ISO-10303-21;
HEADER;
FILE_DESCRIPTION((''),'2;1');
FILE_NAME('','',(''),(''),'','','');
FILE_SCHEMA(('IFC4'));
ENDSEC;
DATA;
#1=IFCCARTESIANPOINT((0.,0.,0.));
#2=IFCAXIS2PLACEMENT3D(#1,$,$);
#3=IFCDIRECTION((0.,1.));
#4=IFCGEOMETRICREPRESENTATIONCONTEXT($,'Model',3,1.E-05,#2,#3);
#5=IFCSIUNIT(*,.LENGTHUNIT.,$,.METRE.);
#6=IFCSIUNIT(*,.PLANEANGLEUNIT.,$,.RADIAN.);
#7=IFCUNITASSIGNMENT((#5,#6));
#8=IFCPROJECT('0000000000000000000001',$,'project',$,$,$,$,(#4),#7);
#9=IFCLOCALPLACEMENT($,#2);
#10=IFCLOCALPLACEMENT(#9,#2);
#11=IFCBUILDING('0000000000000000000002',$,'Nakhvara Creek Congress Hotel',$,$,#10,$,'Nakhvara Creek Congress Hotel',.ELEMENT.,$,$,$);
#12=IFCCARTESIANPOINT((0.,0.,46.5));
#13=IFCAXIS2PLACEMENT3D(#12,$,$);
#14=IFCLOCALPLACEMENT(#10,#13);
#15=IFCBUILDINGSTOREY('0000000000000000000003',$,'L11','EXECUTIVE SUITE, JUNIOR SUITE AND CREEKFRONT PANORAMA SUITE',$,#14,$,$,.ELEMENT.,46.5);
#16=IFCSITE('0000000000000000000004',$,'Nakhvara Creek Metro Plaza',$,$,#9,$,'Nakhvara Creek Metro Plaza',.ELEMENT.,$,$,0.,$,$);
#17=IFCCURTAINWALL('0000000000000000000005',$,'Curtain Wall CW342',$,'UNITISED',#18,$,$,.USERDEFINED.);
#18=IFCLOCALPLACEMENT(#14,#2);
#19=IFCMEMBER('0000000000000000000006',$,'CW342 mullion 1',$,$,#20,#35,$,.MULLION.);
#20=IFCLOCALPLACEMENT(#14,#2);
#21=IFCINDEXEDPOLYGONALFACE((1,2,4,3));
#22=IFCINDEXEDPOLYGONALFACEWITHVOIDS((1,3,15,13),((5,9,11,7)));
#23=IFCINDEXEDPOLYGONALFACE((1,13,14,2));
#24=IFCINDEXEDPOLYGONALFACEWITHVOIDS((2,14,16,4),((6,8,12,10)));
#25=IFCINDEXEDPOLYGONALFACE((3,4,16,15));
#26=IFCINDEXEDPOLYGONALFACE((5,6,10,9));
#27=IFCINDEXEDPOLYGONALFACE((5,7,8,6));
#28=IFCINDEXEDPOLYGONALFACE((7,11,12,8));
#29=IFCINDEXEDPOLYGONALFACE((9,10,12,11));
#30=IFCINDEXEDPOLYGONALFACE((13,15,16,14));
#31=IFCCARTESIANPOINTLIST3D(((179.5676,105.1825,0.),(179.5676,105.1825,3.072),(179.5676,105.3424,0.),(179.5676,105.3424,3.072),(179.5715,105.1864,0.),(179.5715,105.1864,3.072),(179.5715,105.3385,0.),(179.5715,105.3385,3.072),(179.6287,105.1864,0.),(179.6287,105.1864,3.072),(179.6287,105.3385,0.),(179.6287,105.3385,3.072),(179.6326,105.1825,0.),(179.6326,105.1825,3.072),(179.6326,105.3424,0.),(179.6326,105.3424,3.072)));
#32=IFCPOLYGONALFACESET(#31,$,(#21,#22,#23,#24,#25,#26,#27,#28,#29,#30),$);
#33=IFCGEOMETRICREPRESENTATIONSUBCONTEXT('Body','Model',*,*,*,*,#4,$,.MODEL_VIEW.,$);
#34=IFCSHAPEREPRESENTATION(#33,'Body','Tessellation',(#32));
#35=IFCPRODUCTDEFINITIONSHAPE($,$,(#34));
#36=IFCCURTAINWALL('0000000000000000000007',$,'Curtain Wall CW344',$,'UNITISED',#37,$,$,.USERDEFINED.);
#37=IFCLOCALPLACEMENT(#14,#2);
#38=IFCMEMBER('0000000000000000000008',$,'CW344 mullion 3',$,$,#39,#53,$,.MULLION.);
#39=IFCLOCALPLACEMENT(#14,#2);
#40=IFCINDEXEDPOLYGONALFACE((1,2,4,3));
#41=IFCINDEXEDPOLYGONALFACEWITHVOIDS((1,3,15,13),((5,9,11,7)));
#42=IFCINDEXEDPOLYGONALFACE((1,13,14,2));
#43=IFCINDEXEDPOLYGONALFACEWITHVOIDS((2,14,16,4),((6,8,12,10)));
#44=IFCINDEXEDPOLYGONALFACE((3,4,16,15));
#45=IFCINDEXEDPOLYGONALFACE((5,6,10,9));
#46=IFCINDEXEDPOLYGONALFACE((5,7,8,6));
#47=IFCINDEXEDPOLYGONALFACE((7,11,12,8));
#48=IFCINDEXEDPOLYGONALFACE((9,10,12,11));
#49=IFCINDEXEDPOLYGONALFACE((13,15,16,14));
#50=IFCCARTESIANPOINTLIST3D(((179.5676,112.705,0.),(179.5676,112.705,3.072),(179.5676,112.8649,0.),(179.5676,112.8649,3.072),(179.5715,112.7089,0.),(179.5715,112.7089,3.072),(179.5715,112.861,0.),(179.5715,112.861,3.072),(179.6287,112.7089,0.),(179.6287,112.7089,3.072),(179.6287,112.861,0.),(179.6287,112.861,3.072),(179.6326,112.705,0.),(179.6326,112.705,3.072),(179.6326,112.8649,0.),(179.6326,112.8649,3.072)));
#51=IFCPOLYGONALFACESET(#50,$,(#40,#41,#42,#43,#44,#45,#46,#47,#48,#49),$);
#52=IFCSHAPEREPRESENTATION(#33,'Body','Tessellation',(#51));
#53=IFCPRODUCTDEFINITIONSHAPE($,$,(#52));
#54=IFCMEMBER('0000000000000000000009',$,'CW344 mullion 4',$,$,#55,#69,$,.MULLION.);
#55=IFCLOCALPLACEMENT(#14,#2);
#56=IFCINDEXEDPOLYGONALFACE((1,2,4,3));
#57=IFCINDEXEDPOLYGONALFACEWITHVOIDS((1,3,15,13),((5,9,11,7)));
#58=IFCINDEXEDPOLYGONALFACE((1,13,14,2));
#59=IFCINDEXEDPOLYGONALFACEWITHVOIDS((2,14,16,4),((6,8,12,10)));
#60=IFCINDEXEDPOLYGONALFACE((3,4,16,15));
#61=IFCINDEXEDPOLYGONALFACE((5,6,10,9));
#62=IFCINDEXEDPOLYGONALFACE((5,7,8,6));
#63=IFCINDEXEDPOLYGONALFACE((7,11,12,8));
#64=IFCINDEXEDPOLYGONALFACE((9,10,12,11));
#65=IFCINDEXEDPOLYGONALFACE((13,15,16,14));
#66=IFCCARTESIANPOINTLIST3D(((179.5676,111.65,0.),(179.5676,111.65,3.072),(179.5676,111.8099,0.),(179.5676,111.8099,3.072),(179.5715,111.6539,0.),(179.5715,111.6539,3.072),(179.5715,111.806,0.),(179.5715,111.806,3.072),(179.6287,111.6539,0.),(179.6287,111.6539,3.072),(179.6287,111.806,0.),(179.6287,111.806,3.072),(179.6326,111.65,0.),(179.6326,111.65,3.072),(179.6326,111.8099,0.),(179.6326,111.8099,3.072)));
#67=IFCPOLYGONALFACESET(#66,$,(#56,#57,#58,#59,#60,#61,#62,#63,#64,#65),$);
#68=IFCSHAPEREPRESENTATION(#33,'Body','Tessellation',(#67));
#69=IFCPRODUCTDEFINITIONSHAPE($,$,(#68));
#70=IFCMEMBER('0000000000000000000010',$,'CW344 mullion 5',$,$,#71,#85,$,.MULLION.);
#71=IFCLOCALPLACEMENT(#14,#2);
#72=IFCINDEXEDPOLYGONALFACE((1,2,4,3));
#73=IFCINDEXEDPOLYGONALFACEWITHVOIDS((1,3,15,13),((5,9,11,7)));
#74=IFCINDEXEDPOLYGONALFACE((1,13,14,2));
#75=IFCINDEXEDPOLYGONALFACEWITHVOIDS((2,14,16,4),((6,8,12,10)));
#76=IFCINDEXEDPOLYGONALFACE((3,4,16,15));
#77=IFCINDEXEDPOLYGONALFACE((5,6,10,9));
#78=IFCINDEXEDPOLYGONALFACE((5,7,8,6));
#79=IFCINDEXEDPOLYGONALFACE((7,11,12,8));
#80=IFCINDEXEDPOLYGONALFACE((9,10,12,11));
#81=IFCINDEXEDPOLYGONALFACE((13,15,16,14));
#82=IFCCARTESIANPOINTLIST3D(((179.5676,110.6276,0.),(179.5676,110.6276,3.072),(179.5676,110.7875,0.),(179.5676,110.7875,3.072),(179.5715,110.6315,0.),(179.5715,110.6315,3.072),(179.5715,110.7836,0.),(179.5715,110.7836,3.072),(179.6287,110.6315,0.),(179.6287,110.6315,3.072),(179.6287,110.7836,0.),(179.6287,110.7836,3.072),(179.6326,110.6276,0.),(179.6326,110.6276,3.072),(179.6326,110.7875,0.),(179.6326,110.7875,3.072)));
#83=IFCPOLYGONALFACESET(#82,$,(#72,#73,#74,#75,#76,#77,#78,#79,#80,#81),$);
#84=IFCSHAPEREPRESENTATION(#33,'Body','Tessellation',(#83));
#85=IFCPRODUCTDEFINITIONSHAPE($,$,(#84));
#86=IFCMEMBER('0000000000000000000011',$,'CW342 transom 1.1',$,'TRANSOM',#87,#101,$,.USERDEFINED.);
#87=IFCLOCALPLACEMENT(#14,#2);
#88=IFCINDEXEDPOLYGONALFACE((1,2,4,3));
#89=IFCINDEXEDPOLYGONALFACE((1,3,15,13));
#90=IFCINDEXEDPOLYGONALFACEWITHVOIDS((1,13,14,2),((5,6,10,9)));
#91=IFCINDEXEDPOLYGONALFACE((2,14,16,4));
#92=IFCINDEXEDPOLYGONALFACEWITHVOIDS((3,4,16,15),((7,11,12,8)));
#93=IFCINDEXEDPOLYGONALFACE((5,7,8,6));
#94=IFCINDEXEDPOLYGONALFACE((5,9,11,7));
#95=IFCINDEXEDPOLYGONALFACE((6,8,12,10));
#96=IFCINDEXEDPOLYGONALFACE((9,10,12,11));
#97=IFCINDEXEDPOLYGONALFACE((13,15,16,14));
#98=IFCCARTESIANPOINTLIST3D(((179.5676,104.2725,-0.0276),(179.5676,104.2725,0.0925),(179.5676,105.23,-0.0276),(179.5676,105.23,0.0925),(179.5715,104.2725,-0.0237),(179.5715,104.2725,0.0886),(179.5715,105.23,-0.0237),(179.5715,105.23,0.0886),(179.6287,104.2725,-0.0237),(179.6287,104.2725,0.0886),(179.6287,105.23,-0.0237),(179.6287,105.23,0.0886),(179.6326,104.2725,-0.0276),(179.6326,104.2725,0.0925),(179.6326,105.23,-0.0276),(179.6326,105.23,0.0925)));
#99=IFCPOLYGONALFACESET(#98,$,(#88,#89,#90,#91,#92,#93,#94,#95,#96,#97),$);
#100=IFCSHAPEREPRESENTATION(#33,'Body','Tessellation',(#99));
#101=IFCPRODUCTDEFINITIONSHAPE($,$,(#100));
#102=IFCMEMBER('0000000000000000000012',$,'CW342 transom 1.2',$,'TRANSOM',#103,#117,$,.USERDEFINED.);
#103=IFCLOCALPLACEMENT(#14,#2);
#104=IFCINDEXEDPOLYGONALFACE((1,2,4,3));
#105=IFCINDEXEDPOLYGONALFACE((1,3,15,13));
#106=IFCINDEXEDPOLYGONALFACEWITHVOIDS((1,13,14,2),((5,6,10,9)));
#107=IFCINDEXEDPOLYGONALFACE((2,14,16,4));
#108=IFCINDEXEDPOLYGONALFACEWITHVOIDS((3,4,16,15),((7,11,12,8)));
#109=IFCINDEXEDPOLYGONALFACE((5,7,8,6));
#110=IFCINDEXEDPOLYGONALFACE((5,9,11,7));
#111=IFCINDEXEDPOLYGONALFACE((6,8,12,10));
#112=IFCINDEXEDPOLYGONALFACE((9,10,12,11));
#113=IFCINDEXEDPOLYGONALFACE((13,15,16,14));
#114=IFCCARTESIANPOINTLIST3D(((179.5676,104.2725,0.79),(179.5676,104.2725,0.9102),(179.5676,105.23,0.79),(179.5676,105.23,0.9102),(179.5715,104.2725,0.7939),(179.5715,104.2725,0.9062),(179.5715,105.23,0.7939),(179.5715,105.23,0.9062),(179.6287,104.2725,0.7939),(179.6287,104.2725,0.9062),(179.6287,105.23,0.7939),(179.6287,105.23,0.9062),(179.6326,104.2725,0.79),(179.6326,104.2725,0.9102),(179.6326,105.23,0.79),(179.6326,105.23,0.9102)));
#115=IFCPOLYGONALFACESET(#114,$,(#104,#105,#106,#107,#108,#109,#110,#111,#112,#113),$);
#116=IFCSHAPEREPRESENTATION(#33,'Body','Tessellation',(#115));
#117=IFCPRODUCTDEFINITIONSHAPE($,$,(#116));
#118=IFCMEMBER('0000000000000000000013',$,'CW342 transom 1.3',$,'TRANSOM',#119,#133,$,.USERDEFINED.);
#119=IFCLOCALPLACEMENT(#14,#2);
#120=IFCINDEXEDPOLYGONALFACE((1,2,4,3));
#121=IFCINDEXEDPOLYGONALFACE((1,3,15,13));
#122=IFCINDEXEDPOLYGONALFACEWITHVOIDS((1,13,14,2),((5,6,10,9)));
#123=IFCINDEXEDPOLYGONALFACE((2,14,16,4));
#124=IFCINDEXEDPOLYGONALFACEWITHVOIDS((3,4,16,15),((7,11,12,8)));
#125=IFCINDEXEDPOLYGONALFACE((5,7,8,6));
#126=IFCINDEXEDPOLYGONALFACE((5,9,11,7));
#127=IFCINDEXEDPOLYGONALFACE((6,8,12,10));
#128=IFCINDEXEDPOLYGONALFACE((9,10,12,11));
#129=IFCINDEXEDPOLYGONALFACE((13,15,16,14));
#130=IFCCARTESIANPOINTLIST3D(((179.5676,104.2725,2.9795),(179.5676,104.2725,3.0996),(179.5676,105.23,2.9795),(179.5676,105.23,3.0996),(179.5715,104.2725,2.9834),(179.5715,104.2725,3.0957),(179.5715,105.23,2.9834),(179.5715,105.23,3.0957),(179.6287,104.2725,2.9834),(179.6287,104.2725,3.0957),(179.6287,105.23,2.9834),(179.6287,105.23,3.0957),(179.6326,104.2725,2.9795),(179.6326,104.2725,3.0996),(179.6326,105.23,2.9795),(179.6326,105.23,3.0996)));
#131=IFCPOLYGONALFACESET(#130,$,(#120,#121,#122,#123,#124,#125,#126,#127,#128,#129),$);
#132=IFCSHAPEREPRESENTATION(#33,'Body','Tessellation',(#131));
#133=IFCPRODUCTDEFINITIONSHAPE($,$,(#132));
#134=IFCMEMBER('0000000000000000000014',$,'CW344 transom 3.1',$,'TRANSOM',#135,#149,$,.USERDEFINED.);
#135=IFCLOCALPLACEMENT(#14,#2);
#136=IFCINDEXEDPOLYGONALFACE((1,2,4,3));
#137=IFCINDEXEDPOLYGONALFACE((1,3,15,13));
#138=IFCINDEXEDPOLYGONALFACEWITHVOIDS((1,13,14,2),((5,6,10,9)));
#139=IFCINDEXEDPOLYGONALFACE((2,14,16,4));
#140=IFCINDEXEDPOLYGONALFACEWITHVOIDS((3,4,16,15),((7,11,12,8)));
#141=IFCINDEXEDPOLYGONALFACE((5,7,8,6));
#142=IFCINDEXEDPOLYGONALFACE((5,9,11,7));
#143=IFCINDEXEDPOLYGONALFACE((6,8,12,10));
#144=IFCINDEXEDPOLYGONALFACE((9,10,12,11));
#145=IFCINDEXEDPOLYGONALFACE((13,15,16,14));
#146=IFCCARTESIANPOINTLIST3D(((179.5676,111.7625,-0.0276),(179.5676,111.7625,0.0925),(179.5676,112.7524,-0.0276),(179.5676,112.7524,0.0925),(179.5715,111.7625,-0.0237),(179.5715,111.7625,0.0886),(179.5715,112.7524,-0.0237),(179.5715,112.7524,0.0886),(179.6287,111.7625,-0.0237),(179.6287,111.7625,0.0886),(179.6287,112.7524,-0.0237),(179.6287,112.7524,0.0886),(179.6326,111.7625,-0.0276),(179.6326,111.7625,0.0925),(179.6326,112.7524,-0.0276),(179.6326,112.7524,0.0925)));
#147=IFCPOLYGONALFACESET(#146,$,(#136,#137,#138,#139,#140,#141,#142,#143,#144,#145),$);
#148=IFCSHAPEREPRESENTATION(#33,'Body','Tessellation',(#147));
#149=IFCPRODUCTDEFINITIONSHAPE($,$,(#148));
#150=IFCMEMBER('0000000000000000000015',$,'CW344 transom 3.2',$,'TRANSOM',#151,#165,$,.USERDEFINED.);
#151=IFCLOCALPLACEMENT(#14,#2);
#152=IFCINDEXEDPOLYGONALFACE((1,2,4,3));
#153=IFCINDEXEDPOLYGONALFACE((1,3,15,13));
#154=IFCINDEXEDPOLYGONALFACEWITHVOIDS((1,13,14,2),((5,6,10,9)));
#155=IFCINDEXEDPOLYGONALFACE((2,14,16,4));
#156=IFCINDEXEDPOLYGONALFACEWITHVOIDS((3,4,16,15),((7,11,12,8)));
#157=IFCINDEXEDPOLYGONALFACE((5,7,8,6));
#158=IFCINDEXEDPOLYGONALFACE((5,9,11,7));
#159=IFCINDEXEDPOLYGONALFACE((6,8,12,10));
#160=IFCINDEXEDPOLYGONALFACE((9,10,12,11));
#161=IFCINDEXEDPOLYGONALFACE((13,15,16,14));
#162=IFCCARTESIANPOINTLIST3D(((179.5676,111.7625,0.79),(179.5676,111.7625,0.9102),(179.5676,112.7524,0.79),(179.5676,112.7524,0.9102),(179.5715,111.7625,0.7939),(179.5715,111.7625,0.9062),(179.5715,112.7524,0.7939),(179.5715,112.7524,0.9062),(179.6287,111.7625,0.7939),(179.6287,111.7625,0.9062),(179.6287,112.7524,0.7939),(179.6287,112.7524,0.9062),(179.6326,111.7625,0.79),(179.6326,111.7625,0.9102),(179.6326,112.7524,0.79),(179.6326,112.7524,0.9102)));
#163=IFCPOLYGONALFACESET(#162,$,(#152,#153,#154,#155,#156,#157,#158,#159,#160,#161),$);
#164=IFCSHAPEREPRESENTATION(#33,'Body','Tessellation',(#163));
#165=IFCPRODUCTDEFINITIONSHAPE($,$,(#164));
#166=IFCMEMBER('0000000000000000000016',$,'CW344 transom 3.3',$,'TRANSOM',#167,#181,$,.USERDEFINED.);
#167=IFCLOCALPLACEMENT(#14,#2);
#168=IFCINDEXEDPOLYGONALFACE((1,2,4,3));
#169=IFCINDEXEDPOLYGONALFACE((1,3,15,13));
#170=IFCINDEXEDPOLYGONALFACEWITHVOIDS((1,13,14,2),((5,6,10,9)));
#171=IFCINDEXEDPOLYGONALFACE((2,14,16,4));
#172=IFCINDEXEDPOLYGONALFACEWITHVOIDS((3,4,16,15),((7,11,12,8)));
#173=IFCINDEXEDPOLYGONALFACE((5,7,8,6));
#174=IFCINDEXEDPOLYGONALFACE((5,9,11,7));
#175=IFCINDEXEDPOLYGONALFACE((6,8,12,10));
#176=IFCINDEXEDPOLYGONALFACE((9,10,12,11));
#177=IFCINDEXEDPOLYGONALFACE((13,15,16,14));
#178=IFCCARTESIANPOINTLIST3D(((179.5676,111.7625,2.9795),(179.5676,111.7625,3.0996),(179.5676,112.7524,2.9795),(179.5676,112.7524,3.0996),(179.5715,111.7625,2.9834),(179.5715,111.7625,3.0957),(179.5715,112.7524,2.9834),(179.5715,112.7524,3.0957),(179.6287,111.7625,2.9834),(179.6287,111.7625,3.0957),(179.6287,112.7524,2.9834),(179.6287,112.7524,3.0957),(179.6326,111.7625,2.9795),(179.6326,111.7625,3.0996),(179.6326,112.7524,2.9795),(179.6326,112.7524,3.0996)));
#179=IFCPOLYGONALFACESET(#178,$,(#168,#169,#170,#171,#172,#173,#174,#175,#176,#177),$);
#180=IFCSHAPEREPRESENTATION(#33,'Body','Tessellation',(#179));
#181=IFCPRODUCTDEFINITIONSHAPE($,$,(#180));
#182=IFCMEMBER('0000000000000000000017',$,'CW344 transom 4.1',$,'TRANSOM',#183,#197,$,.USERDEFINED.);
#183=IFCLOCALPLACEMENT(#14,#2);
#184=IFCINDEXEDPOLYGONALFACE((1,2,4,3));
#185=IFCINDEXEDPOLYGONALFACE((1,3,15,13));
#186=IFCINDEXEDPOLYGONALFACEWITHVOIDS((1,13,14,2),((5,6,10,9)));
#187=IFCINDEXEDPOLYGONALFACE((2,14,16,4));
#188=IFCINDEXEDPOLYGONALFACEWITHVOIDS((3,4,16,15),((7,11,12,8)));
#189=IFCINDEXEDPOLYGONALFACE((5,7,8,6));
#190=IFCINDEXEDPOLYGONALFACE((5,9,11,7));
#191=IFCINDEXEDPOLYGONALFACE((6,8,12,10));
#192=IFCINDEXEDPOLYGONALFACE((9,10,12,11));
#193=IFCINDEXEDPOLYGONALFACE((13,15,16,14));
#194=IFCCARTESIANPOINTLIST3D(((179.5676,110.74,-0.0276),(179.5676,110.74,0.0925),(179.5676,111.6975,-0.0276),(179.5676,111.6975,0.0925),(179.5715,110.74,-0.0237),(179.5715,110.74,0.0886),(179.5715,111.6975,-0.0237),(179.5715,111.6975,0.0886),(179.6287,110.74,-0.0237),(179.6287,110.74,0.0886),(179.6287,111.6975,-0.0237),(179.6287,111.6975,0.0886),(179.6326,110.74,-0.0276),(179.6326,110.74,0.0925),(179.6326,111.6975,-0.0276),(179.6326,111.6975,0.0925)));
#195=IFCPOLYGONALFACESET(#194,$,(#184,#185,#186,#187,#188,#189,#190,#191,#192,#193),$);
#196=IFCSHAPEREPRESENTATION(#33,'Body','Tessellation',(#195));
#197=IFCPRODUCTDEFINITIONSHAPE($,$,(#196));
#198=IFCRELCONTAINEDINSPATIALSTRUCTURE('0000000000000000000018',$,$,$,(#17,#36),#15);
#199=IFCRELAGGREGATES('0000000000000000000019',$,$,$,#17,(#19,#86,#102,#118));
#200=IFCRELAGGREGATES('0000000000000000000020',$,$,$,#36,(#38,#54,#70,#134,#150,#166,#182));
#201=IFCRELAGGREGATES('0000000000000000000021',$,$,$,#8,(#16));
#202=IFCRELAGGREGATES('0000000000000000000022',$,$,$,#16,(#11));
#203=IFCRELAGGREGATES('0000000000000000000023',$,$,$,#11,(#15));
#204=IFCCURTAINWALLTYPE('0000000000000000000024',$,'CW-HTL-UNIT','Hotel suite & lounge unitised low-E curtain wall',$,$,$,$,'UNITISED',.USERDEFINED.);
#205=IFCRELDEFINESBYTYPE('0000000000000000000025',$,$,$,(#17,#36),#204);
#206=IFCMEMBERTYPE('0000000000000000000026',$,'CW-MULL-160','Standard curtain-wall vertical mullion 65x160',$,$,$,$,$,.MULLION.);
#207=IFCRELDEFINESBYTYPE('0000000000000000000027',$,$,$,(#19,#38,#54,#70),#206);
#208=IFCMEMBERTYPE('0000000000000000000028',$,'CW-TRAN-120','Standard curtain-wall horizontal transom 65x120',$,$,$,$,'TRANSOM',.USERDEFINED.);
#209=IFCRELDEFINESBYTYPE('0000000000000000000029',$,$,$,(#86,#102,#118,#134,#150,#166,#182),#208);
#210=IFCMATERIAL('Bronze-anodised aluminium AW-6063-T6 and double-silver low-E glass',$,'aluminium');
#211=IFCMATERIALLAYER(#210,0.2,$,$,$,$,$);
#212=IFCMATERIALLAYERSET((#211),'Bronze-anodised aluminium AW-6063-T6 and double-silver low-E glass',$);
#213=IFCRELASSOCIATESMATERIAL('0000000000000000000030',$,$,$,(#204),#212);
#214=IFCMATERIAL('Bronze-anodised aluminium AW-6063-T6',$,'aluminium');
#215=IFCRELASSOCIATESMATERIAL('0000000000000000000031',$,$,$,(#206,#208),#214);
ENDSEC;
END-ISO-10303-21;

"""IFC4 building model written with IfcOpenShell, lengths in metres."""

from ifc_helpers import new_model, si_unit, direction, frame, origin, origin_2d, place, context, subcontext, project, spatial, hollow_rectangle, extrude, material, layer, layer_set, material_profile, profile_set, type_object, element, aggregate, save


model = new_model("IFC4")

# Units and contexts
model_context = context("Model", 3, precision=1e-05, world=origin(), true_north=direction((0.0, 1.0)))
body_context = subcontext(model_context, "Body", "Model", "MODEL_VIEW")
ifc_project = project(units=[si_unit("LENGTHUNIT", "METRE"), si_unit("PLANEANGLEUNIT", "RADIAN")], contexts=[model_context])

# Site, building, storey
site_placement = place(None, origin())
site = spatial("IfcSite", under=ifc_project, at=site_placement, Name="Nakhvara Creek Metro Plaza", LongName="Nakhvara Creek Metro Plaza", CompositionType="ELEMENT", RefElevation=0.0)
building_placement = place(site_placement, origin())
building = spatial("IfcBuilding", under=site, at=building_placement, Name="Nakhvara Creek Congress Hotel", LongName="Nakhvara Creek Congress Hotel", CompositionType="ELEMENT")
storey_placement = place(building_placement, frame((0.0, 0.0, 46.5)))
storey = spatial("IfcBuildingStorey", under=building, at=storey_placement, Name="L11", Description="EXECUTIVE SUITE, JUNIOR SUITE AND CREEKFRONT PANORAMA SUITE", CompositionType="ELEMENT", Elevation=46.5)

# Curtain wall, member
ifc_material_1 = material(Name="Bronze-anodised aluminium AW-6063-T6 and double-silver low-E glass", Category="aluminium")
ifc_layer_1 = layer(ifc_material_1, 0.2)
ifc_layer_set_1 = layer_set([ifc_layer_1], Name="Bronze-anodised aluminium AW-6063-T6 and double-silver low-E glass")
curtain_wall_type = type_object("IfcCurtainWallType", Name="CW-HTL-UNIT", Description="Hotel suite & lounge unitised low-E curtain wall", ElementType="UNITISED", PredefinedType="USERDEFINED", material=ifc_layer_set_1)
curtain_wall_1_placement = place(storey_placement, origin())
curtain_wall_1 = element("IfcCurtainWall", 1, at=curtain_wall_1_placement, inside=storey, type_object=curtain_wall_type, Name="Curtain Wall CW342", ObjectType="UNITISED", PredefinedType="USERDEFINED")
ifc_material_2 = material(Name="Bronze-anodised aluminium AW-6063-T6", Category="aluminium")
ifc_material_profile_1 = material_profile(ifc_material_2, hollow_rectangle(XDim=0.0649, YDim=0.1599, WallThickness=0.0039, at=origin_2d()), Name="ALU-MULL 65x160x4", Category="LoadBearing")
ifc_profile_set_1 = profile_set([ifc_material_profile_1], Name="Bronze-anodised aluminium AW-6063-T6")
member_type_1 = type_object("IfcMemberType", Name="CW-MULL-160", Description="Standard curtain-wall vertical mullion 65x160", PredefinedType="MULLION", material=ifc_profile_set_1)
member_1_placement = place(storey_placement, frame((179.6001, 105.2625, 0.0), z_axis=(0.0, 0.0, 1.0), x_axis=(1.0, 0.0, 0.0)))
member_1 = element("IfcMember", 2, at=member_1_placement, type_object=member_type_1, Name="CW342 mullion 1", PredefinedType="MULLION", context=body_context, shape_type="SweptSolid", body=[
    extrude(hollow_rectangle(XDim=0.0649, YDim=0.1599, WallThickness=0.0039, at=origin_2d()), origin(), (0.0, 0.0, 1.0), 3.072),
])

# Curtain wall, members
curtain_wall_2_placement = place(storey_placement, origin())
curtain_wall_2 = element("IfcCurtainWall", 3, at=curtain_wall_2_placement, inside=storey, type_object=curtain_wall_type, Name="Curtain Wall CW344", ObjectType="UNITISED", PredefinedType="USERDEFINED")
member_2_placement = place(storey_placement, frame((179.6001, 112.7849, 0.0), z_axis=(0.0, 0.0, 1.0), x_axis=(1.0, 0.0, 0.0)))
member_2 = element("IfcMember", 4, at=member_2_placement, type_object=member_type_1, Name="CW344 mullion 3", PredefinedType="MULLION", context=body_context, shape_type="SweptSolid", body=[
    extrude(hollow_rectangle(XDim=0.0649, YDim=0.1599, WallThickness=0.0039, at=origin_2d()), origin(), (0.0, 0.0, 1.0), 3.072),
])
member_3_placement = place(storey_placement, frame((179.6001, 111.73, 0.0), z_axis=(0.0, 0.0, 1.0), x_axis=(1.0, 0.0, 0.0)))
member_3 = element("IfcMember", 5, at=member_3_placement, type_object=member_type_1, Name="CW344 mullion 4", PredefinedType="MULLION", context=body_context, shape_type="SweptSolid", body=[
    extrude(hollow_rectangle(XDim=0.0649, YDim=0.1599, WallThickness=0.0039, at=origin_2d()), origin(), (0.0, 0.0, 1.0), 3.072),
])
member_4_placement = place(storey_placement, frame((179.6001, 110.7075, 0.0), z_axis=(0.0, 0.0, 1.0), x_axis=(1.0, 0.0, 0.0)))
member_4 = element("IfcMember", 6, at=member_4_placement, type_object=member_type_1, Name="CW344 mullion 5", PredefinedType="MULLION", context=body_context, shape_type="SweptSolid", body=[
    extrude(hollow_rectangle(XDim=0.0649, YDim=0.1599, WallThickness=0.0039, at=origin_2d()), origin(), (0.0, 0.0, 1.0), 3.072),
])

# Members
ifc_material_profile_2 = material_profile(ifc_material_2, hollow_rectangle(XDim=0.0649, YDim=0.1201, WallThickness=0.0039, at=origin_2d()), Name="ALU-TRAN 65x120x4", Category="LoadBearing")
ifc_profile_set_2 = profile_set([ifc_material_profile_2], Name="Bronze-anodised aluminium AW-6063-T6")
member_type_2 = type_object("IfcMemberType", Name="CW-TRAN-120", Description="Standard curtain-wall horizontal transom 65x120", ElementType="TRANSOM", PredefinedType="USERDEFINED", material=ifc_profile_set_2)
member_5_placement = place(storey_placement, frame((179.6001, 105.23, 0.0325), z_axis=(0.0, -1.0, 0.0), x_axis=(1.0, 0.0, 0.0)))
member_5 = element("IfcMember", 7, at=member_5_placement, type_object=member_type_2, Name="CW342 transom 1.1", ObjectType="TRANSOM", PredefinedType="USERDEFINED", context=body_context, shape_type="SweptSolid", body=[
    extrude(hollow_rectangle(XDim=0.0649, YDim=0.1201, WallThickness=0.0039, at=origin_2d()), origin(), (0.0, 0.0, 1.0), 0.9575),
])
member_6_placement = place(storey_placement, frame((179.6001, 105.23, 0.8501), z_axis=(0.0, -1.0, 0.0), x_axis=(1.0, 0.0, 0.0)))
member_6 = element("IfcMember", 8, at=member_6_placement, type_object=member_type_2, Name="CW342 transom 1.2", ObjectType="TRANSOM", PredefinedType="USERDEFINED", context=body_context, shape_type="SweptSolid", body=[
    extrude(hollow_rectangle(XDim=0.0649, YDim=0.1201, WallThickness=0.0039, at=origin_2d()), origin(), (0.0, 0.0, 1.0), 0.9575),
])
member_7_placement = place(storey_placement, frame((179.6001, 105.23, 3.0396), z_axis=(0.0, -1.0, 0.0), x_axis=(1.0, 0.0, 0.0)))
member_7 = element("IfcMember", 9, at=member_7_placement, type_object=member_type_2, Name="CW342 transom 1.3", ObjectType="TRANSOM", PredefinedType="USERDEFINED", context=body_context, shape_type="SweptSolid", body=[
    extrude(hollow_rectangle(XDim=0.0649, YDim=0.1201, WallThickness=0.0039, at=origin_2d()), origin(), (0.0, 0.0, 1.0), 0.9575),
])
aggregate(curtain_wall_1, [member_1, member_5, member_6, member_7])
member_8_placement = place(storey_placement, frame((179.6001, 112.7524, 0.0325), z_axis=(0.0, -1.0, 0.0), x_axis=(1.0, 0.0, 0.0)))
member_8 = element("IfcMember", 10, at=member_8_placement, type_object=member_type_2, Name="CW344 transom 3.1", ObjectType="TRANSOM", PredefinedType="USERDEFINED", context=body_context, shape_type="SweptSolid", body=[
    extrude(hollow_rectangle(XDim=0.0649, YDim=0.1201, WallThickness=0.0039, at=origin_2d()), origin(), (0.0, 0.0, 1.0), 0.99),
])
member_9_placement = place(storey_placement, frame((179.6001, 112.7524, 0.8501), z_axis=(0.0, -1.0, 0.0), x_axis=(1.0, 0.0, 0.0)))
member_9 = element("IfcMember", 11, at=member_9_placement, type_object=member_type_2, Name="CW344 transom 3.2", ObjectType="TRANSOM", PredefinedType="USERDEFINED", context=body_context, shape_type="SweptSolid", body=[
    extrude(hollow_rectangle(XDim=0.0649, YDim=0.1201, WallThickness=0.0039, at=origin_2d()), origin(), (0.0, 0.0, 1.0), 0.99),
])
member_10_placement = place(storey_placement, frame((179.6001, 112.7524, 3.0396), z_axis=(0.0, -1.0, 0.0), x_axis=(1.0, 0.0, 0.0)))
member_10 = element("IfcMember", 12, at=member_10_placement, type_object=member_type_2, Name="CW344 transom 3.3", ObjectType="TRANSOM", PredefinedType="USERDEFINED", context=body_context, shape_type="SweptSolid", body=[
    extrude(hollow_rectangle(XDim=0.0649, YDim=0.1201, WallThickness=0.0039, at=origin_2d()), origin(), (0.0, 0.0, 1.0), 0.99),
])
member_11_placement = place(storey_placement, frame((179.6001, 111.6975, 0.0325), z_axis=(0.0, -1.0, 0.0), x_axis=(1.0, 0.0, 0.0)))
member_11 = element("IfcMember", 13, at=member_11_placement, type_object=member_type_2, Name="CW344 transom 4.1", ObjectType="TRANSOM", PredefinedType="USERDEFINED", context=body_context, shape_type="SweptSolid", body=[
    extrude(hollow_rectangle(XDim=0.0649, YDim=0.1201, WallThickness=0.0039, at=origin_2d()), origin(), (0.0, 0.0, 1.0), 0.9575),
])

aggregate(curtain_wall_2, [member_2, member_3, member_4, member_8, member_9, member_10, member_11])

save(model, "model.ifc")
